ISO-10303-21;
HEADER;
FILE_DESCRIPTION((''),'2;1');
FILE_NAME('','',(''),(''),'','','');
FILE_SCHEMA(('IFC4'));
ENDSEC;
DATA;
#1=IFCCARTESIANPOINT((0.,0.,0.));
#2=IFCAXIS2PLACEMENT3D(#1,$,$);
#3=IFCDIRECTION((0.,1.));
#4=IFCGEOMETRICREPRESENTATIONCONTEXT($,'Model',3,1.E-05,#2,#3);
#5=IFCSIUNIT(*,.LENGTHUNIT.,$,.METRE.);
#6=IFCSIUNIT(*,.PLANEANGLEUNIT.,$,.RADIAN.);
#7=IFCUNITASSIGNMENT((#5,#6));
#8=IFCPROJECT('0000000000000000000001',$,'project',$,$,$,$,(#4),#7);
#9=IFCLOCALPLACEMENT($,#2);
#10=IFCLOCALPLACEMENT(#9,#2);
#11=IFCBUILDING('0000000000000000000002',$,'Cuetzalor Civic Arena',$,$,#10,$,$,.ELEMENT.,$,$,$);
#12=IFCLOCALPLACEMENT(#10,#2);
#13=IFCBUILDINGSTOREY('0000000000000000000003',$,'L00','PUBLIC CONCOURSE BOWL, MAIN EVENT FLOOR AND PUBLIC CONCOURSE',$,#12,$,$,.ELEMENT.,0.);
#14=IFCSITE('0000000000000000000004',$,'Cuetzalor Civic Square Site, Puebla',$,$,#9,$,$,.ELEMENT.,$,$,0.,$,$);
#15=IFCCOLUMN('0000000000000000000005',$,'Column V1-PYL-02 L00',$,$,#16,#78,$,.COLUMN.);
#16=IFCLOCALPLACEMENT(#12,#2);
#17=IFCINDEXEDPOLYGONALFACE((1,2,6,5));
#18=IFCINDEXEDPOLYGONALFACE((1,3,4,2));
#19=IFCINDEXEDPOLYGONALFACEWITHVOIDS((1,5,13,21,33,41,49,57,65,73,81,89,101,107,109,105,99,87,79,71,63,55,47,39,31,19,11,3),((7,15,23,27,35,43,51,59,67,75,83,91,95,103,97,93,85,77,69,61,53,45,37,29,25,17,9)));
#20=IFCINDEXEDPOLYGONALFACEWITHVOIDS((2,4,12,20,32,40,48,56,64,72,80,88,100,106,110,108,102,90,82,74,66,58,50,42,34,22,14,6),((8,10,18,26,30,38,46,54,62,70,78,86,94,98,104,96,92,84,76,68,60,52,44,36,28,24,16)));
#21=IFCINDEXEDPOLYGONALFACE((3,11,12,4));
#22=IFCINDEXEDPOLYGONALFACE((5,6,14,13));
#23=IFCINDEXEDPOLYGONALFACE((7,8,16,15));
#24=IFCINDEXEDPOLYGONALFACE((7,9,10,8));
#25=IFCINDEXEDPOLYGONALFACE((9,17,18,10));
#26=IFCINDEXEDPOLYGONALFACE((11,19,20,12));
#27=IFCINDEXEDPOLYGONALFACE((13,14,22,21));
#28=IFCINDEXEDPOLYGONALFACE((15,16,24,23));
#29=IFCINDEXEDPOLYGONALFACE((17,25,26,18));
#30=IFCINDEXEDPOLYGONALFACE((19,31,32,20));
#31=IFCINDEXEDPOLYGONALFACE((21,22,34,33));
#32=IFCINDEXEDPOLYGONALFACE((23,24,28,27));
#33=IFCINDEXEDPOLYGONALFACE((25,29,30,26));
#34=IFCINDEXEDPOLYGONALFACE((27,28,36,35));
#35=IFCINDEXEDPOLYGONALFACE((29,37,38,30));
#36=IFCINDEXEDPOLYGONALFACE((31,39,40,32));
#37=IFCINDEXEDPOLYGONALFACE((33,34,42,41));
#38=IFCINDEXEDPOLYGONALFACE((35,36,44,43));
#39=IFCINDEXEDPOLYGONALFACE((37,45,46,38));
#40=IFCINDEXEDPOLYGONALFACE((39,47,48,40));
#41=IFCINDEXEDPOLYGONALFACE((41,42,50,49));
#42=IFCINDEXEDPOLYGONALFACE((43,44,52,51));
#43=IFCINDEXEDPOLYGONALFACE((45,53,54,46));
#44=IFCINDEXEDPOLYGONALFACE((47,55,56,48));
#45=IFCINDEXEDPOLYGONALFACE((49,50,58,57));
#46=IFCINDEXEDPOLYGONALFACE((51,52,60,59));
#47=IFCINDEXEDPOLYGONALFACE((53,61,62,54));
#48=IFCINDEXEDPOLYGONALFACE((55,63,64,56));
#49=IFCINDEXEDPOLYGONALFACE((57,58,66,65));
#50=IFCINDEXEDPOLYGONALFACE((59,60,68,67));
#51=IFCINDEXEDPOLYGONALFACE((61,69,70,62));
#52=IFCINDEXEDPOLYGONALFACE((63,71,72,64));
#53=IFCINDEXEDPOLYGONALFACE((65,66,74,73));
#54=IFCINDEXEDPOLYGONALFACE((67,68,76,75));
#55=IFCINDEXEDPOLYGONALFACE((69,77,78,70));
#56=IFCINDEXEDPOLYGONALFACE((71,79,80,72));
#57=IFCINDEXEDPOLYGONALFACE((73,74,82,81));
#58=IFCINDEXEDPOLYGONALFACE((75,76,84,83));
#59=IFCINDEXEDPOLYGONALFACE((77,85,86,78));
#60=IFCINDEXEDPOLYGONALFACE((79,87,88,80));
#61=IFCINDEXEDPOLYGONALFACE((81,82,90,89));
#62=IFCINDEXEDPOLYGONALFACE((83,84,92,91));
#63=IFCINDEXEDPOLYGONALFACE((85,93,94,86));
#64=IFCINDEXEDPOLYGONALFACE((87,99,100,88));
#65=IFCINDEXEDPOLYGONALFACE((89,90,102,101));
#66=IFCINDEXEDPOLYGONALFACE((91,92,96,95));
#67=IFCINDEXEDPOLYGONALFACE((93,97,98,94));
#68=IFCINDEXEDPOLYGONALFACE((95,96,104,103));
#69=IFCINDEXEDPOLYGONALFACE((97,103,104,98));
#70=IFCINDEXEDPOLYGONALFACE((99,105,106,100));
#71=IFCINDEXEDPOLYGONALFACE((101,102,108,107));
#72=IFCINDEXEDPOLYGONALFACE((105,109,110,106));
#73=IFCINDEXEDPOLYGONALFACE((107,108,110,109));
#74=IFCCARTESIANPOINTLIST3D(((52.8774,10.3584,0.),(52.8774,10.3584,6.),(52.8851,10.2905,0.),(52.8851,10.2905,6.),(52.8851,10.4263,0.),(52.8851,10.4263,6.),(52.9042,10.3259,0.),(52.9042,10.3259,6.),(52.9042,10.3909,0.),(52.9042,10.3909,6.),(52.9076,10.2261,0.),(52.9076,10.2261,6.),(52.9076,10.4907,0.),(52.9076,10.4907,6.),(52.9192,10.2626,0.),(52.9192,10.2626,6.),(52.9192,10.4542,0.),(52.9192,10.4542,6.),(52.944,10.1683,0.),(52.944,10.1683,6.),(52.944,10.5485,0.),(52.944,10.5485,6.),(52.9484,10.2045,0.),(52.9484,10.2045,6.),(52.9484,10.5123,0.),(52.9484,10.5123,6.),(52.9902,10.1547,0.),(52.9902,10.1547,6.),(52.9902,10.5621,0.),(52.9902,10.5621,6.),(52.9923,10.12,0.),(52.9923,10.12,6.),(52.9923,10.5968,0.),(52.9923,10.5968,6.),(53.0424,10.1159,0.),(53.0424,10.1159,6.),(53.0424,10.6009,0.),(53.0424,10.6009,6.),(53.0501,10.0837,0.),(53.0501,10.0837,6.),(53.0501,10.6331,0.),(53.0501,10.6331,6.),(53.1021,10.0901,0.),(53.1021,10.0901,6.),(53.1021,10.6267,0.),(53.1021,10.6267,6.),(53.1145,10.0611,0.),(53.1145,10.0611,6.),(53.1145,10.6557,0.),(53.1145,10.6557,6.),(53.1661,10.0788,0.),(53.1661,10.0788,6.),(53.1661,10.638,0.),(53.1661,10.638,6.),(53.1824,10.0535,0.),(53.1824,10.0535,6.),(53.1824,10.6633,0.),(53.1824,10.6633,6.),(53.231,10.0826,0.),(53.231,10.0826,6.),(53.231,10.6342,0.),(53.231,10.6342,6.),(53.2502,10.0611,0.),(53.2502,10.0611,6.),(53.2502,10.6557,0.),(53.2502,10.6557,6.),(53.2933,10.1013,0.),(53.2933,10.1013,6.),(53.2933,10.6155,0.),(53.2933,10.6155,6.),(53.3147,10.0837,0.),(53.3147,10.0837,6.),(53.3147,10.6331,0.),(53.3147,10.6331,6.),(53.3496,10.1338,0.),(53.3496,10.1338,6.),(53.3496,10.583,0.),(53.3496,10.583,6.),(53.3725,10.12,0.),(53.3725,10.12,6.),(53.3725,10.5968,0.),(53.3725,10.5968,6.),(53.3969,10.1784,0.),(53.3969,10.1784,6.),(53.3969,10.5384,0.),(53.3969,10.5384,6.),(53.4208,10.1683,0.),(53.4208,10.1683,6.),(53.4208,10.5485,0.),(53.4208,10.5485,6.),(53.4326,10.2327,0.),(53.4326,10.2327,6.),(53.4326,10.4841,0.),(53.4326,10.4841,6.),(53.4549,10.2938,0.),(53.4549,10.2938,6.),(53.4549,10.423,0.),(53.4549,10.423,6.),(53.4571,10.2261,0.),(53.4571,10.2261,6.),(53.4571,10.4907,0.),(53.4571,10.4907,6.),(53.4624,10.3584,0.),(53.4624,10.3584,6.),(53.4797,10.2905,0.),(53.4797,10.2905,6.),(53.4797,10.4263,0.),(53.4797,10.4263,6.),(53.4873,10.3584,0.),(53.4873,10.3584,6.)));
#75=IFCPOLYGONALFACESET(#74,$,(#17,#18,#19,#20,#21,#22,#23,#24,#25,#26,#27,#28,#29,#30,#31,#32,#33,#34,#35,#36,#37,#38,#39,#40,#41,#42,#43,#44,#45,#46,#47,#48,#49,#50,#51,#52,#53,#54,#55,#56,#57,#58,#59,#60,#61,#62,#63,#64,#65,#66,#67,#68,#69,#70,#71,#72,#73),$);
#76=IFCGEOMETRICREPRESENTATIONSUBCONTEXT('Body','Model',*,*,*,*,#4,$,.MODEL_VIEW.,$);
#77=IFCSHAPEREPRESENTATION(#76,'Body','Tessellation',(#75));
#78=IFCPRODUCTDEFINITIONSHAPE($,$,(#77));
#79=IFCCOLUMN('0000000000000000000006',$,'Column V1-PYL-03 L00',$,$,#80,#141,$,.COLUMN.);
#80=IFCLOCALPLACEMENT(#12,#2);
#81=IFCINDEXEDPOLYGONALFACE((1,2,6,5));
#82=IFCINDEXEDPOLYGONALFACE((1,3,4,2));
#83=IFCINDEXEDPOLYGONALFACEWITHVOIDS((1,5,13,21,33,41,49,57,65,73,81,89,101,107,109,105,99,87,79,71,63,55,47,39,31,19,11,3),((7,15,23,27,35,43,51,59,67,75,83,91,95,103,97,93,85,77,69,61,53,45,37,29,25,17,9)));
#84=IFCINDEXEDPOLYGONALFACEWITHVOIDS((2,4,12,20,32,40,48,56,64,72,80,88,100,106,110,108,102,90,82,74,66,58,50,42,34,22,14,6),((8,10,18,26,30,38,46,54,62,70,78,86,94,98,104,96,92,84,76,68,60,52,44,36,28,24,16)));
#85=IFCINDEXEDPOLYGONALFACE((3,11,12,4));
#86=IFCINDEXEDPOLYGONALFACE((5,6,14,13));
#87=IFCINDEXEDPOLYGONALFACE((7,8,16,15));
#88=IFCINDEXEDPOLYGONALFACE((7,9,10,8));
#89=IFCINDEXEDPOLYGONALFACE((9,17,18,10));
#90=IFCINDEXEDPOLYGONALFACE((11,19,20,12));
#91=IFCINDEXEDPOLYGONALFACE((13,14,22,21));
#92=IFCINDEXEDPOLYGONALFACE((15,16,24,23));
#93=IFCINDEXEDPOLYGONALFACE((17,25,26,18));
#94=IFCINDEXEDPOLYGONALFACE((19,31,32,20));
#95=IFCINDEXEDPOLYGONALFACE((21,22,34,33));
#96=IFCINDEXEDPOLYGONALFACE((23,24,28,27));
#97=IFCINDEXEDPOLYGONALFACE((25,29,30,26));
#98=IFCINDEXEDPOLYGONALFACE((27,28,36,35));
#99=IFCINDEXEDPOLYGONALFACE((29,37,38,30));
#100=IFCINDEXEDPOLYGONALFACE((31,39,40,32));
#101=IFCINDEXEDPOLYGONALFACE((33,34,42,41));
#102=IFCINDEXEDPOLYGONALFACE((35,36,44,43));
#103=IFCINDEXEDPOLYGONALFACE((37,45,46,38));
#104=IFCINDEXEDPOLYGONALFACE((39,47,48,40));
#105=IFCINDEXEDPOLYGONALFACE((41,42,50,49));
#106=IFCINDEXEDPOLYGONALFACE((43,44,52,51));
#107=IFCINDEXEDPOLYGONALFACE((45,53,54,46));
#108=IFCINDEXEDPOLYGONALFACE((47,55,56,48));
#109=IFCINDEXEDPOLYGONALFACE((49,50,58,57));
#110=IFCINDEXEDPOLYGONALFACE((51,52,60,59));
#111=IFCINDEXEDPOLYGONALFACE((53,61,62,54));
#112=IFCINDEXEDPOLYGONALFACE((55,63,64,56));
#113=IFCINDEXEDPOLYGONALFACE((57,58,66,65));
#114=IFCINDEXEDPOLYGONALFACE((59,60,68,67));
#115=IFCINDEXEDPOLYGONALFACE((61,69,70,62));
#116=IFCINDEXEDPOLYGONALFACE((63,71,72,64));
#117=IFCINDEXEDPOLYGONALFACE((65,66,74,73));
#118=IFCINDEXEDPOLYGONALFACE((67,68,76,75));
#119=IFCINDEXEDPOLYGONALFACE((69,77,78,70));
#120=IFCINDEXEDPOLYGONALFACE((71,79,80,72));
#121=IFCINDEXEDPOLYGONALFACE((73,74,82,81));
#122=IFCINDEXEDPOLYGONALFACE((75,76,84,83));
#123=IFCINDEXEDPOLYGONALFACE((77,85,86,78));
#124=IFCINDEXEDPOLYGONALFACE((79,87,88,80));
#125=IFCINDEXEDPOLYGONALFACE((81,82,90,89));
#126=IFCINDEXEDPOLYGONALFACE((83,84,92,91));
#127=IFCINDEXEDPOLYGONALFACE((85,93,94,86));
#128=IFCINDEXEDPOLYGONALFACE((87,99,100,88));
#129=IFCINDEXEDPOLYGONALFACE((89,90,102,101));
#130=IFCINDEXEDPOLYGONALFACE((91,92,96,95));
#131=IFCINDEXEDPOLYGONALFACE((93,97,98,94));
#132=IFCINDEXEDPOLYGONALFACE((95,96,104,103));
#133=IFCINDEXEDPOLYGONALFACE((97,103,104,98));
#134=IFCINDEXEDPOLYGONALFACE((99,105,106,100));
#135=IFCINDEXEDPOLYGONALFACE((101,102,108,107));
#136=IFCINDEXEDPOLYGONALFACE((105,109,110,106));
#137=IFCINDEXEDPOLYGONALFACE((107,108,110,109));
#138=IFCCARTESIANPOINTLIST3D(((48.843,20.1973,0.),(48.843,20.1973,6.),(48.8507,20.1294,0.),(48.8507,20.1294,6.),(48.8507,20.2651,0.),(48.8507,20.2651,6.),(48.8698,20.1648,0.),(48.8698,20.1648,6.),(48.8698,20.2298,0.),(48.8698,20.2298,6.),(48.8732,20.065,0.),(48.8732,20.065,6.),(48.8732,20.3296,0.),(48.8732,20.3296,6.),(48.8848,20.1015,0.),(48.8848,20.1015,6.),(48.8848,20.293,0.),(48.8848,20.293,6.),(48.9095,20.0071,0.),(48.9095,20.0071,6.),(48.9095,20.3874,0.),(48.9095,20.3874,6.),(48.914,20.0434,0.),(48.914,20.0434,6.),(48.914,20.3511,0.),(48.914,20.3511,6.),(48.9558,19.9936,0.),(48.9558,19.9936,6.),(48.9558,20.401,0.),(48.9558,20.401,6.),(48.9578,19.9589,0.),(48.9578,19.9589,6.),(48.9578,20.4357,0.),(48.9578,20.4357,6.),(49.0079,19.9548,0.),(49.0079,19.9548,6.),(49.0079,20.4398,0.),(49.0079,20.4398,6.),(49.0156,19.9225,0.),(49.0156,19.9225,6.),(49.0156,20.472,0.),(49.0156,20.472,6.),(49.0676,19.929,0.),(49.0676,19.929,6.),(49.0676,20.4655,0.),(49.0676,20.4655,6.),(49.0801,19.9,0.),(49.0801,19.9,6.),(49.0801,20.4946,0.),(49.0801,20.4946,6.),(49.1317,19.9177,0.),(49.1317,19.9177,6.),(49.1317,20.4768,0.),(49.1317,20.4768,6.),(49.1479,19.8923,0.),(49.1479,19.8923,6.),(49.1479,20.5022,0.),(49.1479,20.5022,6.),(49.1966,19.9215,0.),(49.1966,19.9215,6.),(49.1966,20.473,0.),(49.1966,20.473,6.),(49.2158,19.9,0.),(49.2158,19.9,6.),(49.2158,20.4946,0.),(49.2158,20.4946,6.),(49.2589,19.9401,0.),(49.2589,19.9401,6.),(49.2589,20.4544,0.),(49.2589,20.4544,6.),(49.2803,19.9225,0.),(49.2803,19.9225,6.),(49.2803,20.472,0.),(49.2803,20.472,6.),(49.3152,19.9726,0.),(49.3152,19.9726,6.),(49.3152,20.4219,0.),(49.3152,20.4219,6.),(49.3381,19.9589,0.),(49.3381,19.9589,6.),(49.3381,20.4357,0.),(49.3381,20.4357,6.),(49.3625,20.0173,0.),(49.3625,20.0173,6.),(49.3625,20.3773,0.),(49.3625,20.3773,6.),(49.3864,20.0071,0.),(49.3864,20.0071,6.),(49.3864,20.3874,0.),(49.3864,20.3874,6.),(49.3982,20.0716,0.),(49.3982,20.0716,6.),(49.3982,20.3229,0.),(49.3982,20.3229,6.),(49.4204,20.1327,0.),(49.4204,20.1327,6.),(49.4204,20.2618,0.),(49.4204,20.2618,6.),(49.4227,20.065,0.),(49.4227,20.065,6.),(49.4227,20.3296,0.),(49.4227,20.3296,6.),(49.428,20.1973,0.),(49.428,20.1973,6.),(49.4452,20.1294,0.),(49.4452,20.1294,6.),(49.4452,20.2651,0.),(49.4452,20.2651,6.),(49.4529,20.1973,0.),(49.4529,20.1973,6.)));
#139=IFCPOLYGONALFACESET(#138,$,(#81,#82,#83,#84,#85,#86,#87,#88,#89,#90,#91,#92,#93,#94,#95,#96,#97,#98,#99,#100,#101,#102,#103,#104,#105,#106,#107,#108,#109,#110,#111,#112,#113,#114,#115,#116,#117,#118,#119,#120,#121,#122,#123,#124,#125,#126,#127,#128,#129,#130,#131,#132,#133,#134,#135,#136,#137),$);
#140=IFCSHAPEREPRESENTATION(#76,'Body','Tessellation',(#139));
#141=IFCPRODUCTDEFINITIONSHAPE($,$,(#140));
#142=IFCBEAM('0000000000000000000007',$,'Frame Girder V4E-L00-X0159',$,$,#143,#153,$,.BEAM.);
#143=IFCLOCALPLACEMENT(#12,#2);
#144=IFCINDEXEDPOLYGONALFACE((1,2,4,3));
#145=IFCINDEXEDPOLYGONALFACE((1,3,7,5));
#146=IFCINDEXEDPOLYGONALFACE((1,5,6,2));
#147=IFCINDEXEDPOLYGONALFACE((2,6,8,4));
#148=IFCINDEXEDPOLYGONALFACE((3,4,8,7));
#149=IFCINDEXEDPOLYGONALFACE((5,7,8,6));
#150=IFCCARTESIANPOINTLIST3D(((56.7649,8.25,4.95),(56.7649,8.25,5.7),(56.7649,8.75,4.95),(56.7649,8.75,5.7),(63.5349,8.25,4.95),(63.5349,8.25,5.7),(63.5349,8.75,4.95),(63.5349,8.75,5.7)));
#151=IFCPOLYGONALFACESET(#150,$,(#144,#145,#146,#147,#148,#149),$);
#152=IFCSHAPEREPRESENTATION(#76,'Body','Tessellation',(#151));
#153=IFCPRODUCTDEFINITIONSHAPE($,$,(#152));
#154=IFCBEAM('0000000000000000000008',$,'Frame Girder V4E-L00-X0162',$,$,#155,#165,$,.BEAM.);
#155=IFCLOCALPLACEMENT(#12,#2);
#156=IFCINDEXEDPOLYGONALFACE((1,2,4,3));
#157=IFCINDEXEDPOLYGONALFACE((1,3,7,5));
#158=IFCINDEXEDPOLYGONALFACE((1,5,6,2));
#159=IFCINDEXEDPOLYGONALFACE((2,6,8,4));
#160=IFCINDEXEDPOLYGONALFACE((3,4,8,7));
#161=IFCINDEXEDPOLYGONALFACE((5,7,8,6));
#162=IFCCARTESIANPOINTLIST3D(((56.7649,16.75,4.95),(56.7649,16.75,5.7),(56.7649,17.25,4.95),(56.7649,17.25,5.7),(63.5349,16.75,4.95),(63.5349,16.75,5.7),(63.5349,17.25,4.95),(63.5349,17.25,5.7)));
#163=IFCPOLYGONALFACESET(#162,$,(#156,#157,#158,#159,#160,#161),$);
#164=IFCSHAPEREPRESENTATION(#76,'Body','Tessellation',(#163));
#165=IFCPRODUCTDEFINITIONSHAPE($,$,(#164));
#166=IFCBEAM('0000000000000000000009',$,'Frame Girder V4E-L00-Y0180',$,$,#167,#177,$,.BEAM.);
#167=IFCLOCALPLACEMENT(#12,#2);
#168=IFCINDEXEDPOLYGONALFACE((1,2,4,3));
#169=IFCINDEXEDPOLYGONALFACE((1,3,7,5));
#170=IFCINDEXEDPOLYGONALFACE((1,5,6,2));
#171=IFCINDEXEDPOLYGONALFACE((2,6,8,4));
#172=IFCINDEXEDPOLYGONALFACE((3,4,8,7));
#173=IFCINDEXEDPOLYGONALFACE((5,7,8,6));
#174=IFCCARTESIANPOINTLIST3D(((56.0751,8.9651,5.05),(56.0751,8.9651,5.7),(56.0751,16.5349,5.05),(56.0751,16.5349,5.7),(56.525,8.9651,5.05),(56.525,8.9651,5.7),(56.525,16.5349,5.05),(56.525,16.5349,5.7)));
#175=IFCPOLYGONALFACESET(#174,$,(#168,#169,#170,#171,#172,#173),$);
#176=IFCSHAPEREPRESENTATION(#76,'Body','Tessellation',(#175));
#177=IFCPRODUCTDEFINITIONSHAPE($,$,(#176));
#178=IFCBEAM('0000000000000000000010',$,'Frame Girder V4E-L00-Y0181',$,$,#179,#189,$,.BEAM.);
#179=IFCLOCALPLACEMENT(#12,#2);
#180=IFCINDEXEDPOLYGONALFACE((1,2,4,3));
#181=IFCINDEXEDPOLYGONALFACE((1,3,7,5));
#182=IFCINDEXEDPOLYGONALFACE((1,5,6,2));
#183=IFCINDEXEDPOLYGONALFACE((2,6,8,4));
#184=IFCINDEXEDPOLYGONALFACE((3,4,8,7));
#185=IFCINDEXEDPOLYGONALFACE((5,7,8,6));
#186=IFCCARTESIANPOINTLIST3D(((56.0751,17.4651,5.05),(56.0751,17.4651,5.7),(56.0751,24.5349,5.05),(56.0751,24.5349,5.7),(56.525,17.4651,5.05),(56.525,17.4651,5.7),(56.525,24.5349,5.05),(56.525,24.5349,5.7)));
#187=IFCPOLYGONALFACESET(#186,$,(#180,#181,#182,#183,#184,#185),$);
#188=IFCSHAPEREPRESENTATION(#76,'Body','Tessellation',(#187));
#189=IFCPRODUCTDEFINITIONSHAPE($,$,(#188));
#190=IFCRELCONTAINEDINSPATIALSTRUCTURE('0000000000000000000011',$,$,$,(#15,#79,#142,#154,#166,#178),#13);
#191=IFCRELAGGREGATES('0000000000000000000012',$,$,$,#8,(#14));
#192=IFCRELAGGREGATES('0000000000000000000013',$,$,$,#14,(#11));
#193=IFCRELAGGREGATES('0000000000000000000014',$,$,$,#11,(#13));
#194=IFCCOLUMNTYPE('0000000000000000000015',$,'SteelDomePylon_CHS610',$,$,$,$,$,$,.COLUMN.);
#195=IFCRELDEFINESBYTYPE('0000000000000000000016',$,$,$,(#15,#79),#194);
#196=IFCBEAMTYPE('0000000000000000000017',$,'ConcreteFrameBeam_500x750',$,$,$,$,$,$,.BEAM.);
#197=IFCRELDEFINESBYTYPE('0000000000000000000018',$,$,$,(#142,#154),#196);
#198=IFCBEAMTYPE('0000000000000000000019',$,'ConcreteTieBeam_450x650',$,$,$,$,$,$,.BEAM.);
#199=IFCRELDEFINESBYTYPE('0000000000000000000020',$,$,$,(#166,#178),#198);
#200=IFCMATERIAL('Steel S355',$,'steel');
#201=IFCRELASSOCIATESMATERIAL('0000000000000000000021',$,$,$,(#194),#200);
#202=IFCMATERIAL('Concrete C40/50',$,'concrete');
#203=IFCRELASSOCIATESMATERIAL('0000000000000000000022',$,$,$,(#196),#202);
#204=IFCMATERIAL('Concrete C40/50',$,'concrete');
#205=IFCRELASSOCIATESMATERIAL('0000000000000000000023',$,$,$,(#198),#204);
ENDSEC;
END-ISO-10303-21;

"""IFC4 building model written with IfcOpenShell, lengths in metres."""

from ifc_helpers import new_model, si_unit, direction, frame, origin, origin_2d, place, context, subcontext, project, spatial, rectangle, hollow_circle, extrude, material, material_profile, profile_set, type_object, element, save


model = new_model("IFC4")

# Units and contexts
model_context = context("Model", 3, precision=1e-05, world=origin(), true_north=direction((0.0, 1.0)))
body_context = subcontext(model_context, "Body", "Model", "MODEL_VIEW")
ifc_project = project(units=[si_unit("LENGTHUNIT", "METRE"), si_unit("PLANEANGLEUNIT", "RADIAN")], contexts=[model_context])

# Site, building, storey
site_placement = place(None, origin())
site = spatial("IfcSite", under=ifc_project, at=site_placement, Name="Cuetzalor Civic Square Site, Puebla", CompositionType="ELEMENT", RefElevation=0.0)
building_placement = place(site_placement, origin())
building = spatial("IfcBuilding", under=site, at=building_placement, Name="Cuetzalor Civic Arena", CompositionType="ELEMENT")
storey_placement = place(building_placement, origin())
storey = spatial("IfcBuildingStorey", under=building, at=storey_placement, Name="L00", Description="PUBLIC CONCOURSE BOWL, MAIN EVENT FLOOR AND PUBLIC CONCOURSE", CompositionType="ELEMENT", Elevation=0.0)

# Columns
ifc_material_1 = material(Name="Steel S355", Category="steel")
ifc_material_profile_1 = material_profile(ifc_material_1, hollow_circle(Radius=0.3049, WallThickness=0.0249, at=origin_2d()), Name="CHS 610x25")
ifc_profile_set_1 = profile_set([ifc_material_profile_1], Name="Steel S355")
column_type_1 = type_object("IfcColumnType", Name="SteelDomePylon_CHS610", PredefinedType="COLUMN", material=ifc_profile_set_1)
for number, where, z_axis, x_axis, name in (
    (1, (53.1824, 10.3584, 0.0), (0.0, 0.0, 1.0), (1.0, 0.0, 0.0), "Column V1-PYL-02 L00"),
    (2, (49.1479, 20.1973, 0.0), (0.0, 0.0, 1.0), (1.0, 0.0, 0.0), "Column V1-PYL-03 L00"),
):
    element("IfcColumn", number, at=place(storey_placement, frame(where, z_axis=z_axis, x_axis=x_axis)), inside=storey, type_object=column_type_1, Name=name, PredefinedType="COLUMN", context=body_context, shape_type="SweptSolid", body=[
        extrude(hollow_circle(Radius=0.3049, WallThickness=0.0249, at=origin_2d()), origin(), (0.0, 0.0, 1.0), 6.0),
    ])

# Beams
ifc_material_2 = material(Name="Concrete C40/50", Category="concrete")
ifc_material_profile_2 = material_profile(ifc_material_2, rectangle(XDim=0.5, YDim=0.75, at=origin_2d()), Name="RC 500x750")
ifc_profile_set_2 = profile_set([ifc_material_profile_2], Name="Concrete C40/50")
beam_type_1 = type_object("IfcBeamType", Name="ConcreteFrameBeam_500x750", PredefinedType="BEAM", material=ifc_profile_set_2)
for number, where, z_axis, x_axis, name in (
    (3, (56.7649, 8.5, 5.325), (1.0, 0.0, 0.0), (0.0, 1.0, 0.0), "Frame Girder V4E-L00-X0159"),
    (4, (56.7649, 17.0, 5.325), (1.0, 0.0, 0.0), (0.0, 1.0, 0.0), "Frame Girder V4E-L00-X0162"),
):
    element("IfcBeam", number, at=place(storey_placement, frame(where, z_axis=z_axis, x_axis=x_axis)), inside=storey, type_object=beam_type_1, Name=name, PredefinedType="BEAM", context=body_context, shape_type="SweptSolid", body=[
        extrude(rectangle(XDim=0.5, YDim=0.75, at=origin_2d()), origin(), (0.0, 0.0, 1.0), 6.77),
    ])
ifc_material_3 = material(Name="Concrete C40/50", Category="concrete")
ifc_material_profile_3 = material_profile(ifc_material_3, rectangle(XDim=0.45, YDim=0.6499, at=origin_2d()), Name="RC 450x650")
ifc_profile_set_3 = profile_set([ifc_material_profile_3], Name="Concrete C40/50")
beam_type_2 = type_object("IfcBeamType", Name="ConcreteTieBeam_450x650", PredefinedType="BEAM", material=ifc_profile_set_3)
beam_1_placement = place(storey_placement, frame((56.3, 8.9651, 5.375), z_axis=(0.0, 1.0, 0.0), x_axis=(-1.0, 0.0, 0.0)))
element("IfcBeam", 5, at=beam_1_placement, inside=storey, type_object=beam_type_2, Name="Frame Girder V4E-L00-Y0180", PredefinedType="BEAM", context=body_context, shape_type="SweptSolid", body=[
    extrude(rectangle(XDim=0.45, YDim=0.6499, at=origin_2d()), origin(), (0.0, 0.0, 1.0), 7.5698),
])
beam_2_placement = place(storey_placement, frame((56.3, 17.4651, 5.375), z_axis=(0.0, 1.0, 0.0), x_axis=(-1.0, 0.0, 0.0)))
element("IfcBeam", 6, at=beam_2_placement, inside=storey, type_object=beam_type_2, Name="Frame Girder V4E-L00-Y0181", PredefinedType="BEAM", context=body_context, shape_type="SweptSolid", body=[
    extrude(rectangle(XDim=0.45, YDim=0.6499, at=origin_2d()), origin(), (0.0, 0.0, 1.0), 7.0698),
])

save(model, "model.ifc")
